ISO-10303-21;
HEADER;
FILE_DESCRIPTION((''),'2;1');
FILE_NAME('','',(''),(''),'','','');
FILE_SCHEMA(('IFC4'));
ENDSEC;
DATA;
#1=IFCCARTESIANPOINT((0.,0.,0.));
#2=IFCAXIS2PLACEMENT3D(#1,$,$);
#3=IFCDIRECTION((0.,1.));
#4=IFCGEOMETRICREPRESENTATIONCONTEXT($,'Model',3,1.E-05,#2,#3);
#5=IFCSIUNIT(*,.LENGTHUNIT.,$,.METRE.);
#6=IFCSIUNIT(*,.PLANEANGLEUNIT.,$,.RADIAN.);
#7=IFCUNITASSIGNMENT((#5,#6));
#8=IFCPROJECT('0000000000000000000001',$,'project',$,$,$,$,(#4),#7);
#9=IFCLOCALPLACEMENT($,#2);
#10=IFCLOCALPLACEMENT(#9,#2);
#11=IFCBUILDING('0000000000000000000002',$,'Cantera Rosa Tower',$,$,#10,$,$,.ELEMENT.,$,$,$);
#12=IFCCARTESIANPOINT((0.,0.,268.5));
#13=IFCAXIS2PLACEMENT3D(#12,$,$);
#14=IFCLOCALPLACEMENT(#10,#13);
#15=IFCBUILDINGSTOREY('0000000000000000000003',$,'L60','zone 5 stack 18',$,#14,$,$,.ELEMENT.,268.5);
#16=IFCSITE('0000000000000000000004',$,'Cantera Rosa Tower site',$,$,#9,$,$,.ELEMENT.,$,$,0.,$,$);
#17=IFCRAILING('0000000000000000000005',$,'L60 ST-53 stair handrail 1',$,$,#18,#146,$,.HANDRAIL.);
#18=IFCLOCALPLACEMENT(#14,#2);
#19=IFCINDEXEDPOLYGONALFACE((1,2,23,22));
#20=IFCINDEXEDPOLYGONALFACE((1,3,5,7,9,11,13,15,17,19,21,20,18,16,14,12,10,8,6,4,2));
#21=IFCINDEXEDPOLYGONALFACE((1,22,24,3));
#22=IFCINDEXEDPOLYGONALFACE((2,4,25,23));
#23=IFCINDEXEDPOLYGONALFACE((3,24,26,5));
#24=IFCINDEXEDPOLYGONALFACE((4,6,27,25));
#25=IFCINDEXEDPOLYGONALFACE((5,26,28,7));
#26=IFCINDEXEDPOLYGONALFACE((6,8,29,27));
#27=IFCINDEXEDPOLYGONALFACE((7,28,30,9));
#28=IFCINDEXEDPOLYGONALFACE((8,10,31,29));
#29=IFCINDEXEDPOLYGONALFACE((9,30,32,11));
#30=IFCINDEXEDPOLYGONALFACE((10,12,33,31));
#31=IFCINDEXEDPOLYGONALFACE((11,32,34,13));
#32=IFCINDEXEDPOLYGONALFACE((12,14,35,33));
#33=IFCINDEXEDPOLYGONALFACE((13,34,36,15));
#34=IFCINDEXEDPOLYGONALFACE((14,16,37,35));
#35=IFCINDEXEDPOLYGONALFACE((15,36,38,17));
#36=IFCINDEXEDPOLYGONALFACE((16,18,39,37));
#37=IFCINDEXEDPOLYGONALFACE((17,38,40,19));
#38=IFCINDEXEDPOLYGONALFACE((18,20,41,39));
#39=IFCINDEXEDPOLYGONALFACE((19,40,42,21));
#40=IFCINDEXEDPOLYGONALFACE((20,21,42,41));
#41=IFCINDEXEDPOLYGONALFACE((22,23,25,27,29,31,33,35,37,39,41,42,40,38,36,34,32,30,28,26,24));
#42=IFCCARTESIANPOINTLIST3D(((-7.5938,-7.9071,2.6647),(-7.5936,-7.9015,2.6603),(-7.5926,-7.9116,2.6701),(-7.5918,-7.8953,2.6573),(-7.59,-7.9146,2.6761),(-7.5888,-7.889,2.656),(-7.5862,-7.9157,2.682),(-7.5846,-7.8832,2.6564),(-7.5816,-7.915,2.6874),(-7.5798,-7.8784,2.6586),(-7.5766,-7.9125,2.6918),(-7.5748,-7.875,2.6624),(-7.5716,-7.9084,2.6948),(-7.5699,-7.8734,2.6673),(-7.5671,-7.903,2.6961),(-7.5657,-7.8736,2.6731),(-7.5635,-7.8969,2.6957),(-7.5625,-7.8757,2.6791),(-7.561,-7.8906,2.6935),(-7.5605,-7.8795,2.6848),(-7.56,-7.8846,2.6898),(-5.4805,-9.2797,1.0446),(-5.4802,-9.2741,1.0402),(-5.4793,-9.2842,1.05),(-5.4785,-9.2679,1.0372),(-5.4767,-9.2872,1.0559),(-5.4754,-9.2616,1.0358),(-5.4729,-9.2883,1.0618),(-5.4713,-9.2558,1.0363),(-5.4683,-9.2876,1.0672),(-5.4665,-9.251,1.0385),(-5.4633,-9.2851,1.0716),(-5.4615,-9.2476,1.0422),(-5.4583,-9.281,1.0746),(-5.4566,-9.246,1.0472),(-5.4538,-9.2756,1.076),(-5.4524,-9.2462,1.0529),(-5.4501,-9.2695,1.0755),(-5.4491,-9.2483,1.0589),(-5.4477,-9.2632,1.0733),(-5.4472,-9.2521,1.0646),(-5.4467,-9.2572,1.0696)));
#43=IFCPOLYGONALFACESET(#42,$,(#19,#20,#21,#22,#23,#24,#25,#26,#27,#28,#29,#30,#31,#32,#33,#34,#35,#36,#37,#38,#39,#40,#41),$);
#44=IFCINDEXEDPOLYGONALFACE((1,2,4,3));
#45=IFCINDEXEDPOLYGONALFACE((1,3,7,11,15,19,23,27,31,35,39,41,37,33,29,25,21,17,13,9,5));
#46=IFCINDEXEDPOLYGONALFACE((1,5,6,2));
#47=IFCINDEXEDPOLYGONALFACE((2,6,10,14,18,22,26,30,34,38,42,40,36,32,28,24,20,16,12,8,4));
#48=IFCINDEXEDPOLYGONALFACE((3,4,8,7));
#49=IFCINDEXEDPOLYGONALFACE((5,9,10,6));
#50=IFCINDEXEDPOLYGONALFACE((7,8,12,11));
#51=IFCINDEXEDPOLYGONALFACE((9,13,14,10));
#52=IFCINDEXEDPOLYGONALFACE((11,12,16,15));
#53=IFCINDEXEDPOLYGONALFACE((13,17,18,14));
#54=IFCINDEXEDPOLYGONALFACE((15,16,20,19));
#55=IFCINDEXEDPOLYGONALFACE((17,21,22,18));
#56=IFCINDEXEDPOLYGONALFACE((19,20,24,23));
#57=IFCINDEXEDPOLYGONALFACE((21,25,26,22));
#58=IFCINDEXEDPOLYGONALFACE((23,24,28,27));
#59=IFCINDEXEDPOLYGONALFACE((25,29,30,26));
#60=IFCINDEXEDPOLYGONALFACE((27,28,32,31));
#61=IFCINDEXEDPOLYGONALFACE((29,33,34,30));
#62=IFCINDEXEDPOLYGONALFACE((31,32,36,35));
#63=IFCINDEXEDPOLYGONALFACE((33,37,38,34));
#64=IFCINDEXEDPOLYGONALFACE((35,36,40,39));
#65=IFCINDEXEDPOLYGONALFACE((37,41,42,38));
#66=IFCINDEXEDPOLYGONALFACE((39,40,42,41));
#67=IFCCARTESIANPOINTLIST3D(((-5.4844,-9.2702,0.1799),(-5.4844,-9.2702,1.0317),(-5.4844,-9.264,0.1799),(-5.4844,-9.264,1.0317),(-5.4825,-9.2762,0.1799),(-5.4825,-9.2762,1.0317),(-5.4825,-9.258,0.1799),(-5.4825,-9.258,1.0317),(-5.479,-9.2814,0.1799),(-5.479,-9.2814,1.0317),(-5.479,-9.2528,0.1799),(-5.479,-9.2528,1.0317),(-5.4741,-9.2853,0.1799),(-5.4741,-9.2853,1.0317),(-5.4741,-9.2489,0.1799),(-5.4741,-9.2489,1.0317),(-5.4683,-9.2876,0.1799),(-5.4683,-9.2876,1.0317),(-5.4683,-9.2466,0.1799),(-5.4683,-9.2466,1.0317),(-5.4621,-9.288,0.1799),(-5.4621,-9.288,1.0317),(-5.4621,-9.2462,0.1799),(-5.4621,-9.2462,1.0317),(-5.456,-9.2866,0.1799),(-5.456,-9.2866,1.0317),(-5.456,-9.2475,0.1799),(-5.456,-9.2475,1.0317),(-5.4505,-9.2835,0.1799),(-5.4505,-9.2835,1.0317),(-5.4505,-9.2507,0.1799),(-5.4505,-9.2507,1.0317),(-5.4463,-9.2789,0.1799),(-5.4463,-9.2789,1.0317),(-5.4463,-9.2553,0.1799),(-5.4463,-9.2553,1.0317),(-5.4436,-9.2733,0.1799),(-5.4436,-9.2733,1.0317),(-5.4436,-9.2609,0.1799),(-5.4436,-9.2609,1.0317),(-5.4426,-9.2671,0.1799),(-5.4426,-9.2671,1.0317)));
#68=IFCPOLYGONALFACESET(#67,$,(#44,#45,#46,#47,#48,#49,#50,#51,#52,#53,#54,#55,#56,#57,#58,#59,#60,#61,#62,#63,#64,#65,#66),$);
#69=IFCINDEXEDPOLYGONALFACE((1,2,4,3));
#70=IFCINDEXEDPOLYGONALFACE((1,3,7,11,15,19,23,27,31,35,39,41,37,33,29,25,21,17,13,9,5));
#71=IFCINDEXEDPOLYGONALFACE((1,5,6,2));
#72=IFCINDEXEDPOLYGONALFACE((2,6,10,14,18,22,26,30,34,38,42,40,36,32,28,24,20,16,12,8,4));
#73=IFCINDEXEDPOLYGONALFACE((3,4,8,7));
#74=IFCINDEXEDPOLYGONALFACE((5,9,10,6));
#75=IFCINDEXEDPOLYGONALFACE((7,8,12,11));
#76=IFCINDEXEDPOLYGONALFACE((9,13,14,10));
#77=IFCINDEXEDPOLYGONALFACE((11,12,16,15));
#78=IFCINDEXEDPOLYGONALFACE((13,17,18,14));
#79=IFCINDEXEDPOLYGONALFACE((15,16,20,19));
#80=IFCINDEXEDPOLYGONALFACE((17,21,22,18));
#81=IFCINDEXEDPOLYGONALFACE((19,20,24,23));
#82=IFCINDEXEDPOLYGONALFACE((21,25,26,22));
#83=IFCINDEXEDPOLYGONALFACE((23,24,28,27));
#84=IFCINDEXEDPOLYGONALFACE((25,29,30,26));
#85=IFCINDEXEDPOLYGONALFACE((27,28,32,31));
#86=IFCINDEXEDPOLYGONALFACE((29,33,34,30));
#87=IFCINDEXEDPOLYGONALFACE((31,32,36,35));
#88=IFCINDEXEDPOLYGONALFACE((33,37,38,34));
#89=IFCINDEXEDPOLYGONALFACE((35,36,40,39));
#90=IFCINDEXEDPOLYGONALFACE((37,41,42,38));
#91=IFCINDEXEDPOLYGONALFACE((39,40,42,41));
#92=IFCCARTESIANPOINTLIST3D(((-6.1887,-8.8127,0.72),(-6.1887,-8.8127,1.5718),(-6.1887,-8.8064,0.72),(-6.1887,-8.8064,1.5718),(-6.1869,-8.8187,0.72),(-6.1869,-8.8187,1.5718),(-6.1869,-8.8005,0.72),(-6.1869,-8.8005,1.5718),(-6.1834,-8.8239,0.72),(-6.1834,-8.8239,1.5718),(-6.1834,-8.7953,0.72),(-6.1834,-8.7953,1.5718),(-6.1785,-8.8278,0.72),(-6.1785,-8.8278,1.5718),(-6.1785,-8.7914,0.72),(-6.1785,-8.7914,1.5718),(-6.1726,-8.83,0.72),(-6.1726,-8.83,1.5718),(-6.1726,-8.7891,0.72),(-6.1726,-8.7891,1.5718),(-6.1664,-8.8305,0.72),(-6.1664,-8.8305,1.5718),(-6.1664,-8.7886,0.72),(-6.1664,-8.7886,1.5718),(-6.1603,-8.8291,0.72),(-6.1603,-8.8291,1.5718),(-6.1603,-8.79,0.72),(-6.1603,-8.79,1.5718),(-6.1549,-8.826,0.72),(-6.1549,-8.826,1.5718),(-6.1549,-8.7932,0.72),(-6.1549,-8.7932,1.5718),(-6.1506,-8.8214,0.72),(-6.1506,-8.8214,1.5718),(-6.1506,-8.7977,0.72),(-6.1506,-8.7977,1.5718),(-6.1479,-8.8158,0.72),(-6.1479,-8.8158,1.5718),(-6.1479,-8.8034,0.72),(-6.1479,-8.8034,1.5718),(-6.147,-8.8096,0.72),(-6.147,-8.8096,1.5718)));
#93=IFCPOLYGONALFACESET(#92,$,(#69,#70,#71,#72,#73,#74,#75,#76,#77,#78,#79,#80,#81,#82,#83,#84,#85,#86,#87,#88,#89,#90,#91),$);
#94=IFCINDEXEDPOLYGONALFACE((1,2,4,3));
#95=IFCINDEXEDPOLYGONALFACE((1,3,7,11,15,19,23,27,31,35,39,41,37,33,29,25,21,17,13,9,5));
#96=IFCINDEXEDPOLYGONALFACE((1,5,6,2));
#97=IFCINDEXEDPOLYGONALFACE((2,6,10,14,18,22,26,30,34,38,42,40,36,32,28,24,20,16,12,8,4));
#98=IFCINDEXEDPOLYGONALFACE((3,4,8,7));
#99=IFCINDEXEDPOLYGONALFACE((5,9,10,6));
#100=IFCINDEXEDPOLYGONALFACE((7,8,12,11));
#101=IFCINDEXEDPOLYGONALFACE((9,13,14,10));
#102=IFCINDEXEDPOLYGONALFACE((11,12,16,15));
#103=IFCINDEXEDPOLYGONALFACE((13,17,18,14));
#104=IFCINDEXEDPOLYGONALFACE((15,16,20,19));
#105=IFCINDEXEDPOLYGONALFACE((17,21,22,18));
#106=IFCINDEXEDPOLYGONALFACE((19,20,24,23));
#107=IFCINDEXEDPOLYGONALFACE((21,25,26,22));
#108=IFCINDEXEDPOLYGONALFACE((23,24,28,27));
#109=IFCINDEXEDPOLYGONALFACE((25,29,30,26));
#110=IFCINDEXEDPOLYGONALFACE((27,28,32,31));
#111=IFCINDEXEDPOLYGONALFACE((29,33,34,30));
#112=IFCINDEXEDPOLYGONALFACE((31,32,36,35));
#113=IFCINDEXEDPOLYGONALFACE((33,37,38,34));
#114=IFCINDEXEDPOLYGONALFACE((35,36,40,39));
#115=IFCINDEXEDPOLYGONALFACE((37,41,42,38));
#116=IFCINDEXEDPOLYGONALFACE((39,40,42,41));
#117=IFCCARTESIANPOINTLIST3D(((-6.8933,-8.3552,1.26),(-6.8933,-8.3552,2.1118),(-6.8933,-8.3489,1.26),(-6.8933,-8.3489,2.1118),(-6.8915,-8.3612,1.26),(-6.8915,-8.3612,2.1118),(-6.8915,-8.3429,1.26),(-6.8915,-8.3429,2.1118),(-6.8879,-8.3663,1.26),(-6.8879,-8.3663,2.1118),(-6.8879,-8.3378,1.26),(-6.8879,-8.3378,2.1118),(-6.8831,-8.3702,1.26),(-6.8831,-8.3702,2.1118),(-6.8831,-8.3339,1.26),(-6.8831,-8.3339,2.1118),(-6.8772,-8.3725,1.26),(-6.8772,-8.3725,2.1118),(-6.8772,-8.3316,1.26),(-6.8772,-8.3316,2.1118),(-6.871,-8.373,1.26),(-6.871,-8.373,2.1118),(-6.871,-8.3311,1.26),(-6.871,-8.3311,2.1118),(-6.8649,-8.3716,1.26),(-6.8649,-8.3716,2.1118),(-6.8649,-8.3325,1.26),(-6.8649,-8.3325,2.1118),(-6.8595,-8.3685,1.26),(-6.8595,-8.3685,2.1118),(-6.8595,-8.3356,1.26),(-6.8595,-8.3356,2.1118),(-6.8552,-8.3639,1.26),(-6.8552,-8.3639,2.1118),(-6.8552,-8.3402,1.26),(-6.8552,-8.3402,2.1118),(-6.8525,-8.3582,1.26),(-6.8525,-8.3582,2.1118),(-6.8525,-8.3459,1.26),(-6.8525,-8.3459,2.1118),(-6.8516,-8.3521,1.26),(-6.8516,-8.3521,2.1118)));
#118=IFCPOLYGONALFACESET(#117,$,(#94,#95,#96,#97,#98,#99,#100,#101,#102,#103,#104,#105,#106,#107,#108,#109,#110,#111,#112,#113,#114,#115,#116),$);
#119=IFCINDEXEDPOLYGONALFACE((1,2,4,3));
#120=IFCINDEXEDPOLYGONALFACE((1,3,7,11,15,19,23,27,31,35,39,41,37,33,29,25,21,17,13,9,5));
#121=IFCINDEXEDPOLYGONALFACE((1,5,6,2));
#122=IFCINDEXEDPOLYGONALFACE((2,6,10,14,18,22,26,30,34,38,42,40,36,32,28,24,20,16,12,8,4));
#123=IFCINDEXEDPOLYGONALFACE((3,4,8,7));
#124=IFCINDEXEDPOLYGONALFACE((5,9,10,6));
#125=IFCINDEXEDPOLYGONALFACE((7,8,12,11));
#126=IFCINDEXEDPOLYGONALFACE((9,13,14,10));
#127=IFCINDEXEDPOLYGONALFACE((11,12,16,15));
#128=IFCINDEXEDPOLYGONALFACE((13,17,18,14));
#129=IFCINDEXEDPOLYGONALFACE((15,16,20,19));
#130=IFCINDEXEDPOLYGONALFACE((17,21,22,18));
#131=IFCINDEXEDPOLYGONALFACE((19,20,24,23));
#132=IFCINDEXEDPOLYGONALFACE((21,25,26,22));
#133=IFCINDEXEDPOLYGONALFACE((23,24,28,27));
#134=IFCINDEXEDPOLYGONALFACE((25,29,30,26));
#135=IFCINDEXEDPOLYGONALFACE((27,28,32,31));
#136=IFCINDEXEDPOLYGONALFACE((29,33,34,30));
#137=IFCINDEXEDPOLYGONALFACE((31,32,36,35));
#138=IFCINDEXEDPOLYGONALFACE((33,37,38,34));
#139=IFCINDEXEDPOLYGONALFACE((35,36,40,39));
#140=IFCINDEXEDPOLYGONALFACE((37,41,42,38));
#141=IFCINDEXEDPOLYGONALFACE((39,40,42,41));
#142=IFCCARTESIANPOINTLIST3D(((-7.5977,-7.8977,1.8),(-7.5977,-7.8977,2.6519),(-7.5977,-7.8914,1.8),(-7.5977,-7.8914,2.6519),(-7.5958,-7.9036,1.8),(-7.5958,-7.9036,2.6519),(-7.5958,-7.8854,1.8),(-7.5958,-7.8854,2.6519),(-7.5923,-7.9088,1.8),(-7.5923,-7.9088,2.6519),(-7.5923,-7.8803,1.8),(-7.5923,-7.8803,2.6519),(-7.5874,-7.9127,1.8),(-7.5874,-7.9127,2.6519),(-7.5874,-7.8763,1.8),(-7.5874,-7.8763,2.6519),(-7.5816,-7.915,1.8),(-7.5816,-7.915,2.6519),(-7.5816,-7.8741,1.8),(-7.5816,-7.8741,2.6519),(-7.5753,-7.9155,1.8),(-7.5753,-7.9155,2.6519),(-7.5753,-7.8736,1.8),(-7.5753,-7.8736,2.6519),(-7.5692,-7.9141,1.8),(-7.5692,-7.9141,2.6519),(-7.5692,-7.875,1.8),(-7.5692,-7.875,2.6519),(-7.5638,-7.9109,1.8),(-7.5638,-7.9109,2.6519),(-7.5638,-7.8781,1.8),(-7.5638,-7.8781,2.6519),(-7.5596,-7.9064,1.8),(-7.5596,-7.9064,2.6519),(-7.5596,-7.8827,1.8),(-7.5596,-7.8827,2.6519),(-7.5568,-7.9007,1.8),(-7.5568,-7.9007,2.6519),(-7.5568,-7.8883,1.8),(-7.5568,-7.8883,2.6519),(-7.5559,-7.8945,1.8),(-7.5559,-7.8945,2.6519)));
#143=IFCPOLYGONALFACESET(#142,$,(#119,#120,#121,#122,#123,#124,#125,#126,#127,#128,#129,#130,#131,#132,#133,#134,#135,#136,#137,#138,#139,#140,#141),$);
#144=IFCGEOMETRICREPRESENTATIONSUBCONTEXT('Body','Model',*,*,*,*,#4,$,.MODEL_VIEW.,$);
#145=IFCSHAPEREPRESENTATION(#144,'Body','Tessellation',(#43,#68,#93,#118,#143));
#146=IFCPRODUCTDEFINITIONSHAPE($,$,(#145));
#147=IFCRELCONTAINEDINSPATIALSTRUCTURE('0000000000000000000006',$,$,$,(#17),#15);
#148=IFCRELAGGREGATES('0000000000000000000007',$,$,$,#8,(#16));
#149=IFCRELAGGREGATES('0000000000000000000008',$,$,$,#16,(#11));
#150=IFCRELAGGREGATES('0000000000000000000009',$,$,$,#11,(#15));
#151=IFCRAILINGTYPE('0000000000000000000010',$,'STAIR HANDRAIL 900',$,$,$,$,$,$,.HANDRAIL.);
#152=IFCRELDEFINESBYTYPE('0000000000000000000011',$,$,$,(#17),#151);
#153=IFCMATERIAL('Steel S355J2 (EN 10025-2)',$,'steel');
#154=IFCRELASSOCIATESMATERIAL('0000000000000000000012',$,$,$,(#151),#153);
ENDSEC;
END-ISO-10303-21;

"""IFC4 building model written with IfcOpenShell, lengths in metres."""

from ifc_helpers import new_model, si_unit, direction, frame, origin, origin_2d, place, context, subcontext, project, spatial, circle, extrude, material, type_object, element, save


model = new_model("IFC4")

# Units and contexts
model_context = context("Model", 3, precision=1e-05, world=origin(), true_north=direction((0.0, 1.0)))
body_context = subcontext(model_context, "Body", "Model", "MODEL_VIEW")
ifc_project = project(units=[si_unit("LENGTHUNIT", "METRE"), si_unit("PLANEANGLEUNIT", "RADIAN")], contexts=[model_context])

# Site, building, storey
site_placement = place(None, origin())
site = spatial("IfcSite", under=ifc_project, at=site_placement, Name="Cantera Rosa Tower site", CompositionType="ELEMENT", RefElevation=0.0)
building_placement = place(site_placement, origin())
building = spatial("IfcBuilding", under=site, at=building_placement, Name="Cantera Rosa Tower", CompositionType="ELEMENT")
storey_placement = place(building_placement, frame((0.0, 0.0, 268.5)))
storey = spatial("IfcBuildingStorey", under=building, at=storey_placement, Name="L60", Description="zone 5 stack 18", CompositionType="ELEMENT", Elevation=268.5)

# Railing
ifc_material_1 = material(Name="Steel S355J2 (EN 10025-2)", Category="steel")
railing_type_1 = type_object("IfcRailingType", Name="STAIR HANDRAIL 900", PredefinedType="HANDRAIL", material=ifc_material_1)
railing_1_placement = place(storey_placement, frame((-5.4636, -9.2671, 0.1799)))
element("IfcRailing", 1, at=railing_1_placement, inside=storey, type_object=railing_type_1, Name="L60 ST-53 stair handrail 1", PredefinedType="HANDRAIL", context=body_context, shape_type="SweptSolid", body=[
    extrude(circle(Radius=0.0239, at=origin_2d()), frame((0.0, 0.0, 0.876), z_axis=(-0.705421, 0.458165, 0.540801), x_axis=(-0.544689, -0.838638, 0.0)), (0.0, 0.0, 1.0), 2.9958),
    extrude(circle(Radius=0.021, at=origin_2d()), origin(), (0.0, 0.0, 1.0), 0.8518),
    extrude(circle(Radius=0.021, at=origin_2d()), frame((-0.7043, 0.4575, 0.54)), (0.0, 0.0, 1.0), 0.8518),
    extrude(circle(Radius=0.021, at=origin_2d()), frame((-1.4089, 0.915, 1.0801)), (0.0, 0.0, 1.0), 0.8518),
    extrude(circle(Radius=0.021, at=origin_2d()), frame((-2.1133, 1.3726, 1.6201)), (0.0, 0.0, 1.0), 0.8518),
])

save(model, "model.ifc")
